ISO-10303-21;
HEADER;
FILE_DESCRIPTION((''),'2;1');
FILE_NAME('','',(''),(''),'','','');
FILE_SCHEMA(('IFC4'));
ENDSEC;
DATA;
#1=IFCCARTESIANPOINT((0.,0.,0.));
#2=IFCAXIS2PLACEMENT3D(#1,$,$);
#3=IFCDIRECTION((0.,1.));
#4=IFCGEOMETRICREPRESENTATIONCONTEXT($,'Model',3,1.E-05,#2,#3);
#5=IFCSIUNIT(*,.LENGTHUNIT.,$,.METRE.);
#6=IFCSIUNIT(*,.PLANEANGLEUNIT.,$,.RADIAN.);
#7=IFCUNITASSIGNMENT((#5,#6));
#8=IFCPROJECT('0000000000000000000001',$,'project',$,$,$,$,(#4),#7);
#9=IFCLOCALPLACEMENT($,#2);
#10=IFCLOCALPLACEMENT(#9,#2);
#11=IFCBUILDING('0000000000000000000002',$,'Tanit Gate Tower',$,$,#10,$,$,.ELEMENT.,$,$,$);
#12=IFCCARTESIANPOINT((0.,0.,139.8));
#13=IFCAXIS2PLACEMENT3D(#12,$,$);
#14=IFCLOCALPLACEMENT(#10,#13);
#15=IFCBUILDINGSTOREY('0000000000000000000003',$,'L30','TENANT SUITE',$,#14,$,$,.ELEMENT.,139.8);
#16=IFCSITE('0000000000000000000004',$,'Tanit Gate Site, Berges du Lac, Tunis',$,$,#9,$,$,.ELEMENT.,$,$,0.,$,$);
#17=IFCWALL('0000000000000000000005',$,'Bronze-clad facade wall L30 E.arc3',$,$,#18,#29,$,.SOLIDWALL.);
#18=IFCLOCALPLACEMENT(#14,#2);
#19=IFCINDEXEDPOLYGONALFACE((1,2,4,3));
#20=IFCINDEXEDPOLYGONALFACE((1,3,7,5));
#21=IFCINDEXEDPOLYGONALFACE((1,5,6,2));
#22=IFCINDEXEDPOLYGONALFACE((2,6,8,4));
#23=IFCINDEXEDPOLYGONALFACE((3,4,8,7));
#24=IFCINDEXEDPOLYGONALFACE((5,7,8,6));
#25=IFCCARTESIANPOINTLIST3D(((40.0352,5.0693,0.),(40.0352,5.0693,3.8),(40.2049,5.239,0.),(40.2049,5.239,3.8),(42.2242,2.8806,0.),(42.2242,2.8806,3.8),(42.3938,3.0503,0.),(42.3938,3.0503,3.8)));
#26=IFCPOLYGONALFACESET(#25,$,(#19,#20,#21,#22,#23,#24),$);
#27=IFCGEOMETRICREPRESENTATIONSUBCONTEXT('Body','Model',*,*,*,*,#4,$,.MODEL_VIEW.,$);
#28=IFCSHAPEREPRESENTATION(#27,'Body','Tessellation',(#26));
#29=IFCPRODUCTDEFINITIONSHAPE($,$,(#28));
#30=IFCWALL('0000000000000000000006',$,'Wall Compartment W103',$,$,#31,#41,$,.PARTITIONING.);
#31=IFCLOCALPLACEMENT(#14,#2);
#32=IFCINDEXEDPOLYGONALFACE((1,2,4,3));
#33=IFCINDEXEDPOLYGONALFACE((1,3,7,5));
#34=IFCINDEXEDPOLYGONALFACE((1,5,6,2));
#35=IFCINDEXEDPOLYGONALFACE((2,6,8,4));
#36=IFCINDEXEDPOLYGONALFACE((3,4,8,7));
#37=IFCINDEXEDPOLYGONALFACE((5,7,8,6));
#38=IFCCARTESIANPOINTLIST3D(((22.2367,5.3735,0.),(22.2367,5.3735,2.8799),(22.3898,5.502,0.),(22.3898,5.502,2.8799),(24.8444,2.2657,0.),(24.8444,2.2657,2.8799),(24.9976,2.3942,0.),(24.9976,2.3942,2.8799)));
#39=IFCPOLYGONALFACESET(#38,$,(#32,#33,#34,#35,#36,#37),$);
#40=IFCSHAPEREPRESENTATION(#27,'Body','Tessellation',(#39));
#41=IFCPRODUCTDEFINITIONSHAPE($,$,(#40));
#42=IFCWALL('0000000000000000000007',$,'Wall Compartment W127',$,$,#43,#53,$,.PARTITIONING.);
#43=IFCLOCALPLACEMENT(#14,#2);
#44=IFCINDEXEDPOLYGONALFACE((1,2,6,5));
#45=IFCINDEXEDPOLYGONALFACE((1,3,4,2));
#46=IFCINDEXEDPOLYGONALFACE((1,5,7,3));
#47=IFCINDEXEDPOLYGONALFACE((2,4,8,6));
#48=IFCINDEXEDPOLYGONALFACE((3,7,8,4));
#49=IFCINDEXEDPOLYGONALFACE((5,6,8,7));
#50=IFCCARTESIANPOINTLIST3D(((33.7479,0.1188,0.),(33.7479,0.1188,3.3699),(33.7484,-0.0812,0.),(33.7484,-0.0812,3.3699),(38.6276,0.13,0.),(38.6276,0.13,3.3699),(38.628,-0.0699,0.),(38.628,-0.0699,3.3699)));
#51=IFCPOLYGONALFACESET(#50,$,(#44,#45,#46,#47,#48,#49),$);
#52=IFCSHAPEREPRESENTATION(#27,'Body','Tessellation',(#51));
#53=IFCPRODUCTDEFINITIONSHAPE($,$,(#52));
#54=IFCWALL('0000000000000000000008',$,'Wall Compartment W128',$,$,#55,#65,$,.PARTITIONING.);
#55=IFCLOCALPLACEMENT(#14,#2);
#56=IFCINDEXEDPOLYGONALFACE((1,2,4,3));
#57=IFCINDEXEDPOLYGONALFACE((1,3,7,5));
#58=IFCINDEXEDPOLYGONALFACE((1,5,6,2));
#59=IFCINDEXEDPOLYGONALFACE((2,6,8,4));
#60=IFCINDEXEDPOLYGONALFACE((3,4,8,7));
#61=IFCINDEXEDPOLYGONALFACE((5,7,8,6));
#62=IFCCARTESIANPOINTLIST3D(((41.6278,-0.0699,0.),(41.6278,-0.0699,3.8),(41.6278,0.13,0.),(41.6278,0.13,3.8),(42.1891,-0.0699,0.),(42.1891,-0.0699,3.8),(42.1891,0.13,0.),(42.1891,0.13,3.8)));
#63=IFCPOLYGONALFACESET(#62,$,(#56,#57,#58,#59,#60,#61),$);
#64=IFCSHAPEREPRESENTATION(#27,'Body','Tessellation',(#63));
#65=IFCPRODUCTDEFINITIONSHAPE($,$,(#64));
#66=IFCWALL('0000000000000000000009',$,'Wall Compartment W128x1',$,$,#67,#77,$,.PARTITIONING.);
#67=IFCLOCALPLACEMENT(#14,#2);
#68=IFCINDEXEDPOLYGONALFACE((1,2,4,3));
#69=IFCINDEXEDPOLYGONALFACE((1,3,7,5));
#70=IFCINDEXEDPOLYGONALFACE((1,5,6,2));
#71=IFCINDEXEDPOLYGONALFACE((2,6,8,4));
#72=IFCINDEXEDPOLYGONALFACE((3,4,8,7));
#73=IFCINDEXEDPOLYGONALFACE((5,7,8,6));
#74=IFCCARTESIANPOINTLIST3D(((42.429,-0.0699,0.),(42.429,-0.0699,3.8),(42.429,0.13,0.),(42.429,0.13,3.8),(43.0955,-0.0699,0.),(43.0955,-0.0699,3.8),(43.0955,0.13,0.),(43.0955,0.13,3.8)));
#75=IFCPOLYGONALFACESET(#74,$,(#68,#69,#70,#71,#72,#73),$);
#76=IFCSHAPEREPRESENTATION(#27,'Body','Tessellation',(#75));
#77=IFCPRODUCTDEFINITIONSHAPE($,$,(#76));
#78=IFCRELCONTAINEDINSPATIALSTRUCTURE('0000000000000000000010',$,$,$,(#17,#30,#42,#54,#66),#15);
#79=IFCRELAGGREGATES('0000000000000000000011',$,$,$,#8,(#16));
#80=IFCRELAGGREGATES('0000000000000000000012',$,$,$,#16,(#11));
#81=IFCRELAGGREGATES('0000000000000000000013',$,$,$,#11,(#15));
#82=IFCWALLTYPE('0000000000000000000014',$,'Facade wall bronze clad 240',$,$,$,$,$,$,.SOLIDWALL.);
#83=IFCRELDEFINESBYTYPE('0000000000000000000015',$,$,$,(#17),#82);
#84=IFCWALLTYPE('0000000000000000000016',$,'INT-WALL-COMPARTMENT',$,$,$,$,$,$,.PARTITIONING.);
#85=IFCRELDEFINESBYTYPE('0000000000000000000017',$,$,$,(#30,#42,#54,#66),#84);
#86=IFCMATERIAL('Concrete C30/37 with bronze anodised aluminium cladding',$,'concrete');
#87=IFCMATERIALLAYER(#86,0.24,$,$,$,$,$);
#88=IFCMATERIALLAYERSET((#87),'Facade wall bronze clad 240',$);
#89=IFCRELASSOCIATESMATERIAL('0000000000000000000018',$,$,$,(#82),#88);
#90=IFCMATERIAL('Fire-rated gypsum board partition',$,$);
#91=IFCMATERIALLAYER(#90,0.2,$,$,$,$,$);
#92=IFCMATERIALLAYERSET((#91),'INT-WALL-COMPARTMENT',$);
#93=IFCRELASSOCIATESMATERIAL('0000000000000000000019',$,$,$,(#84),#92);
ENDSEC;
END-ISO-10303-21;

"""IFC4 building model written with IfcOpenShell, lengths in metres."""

from ifc_helpers import new_model, si_unit, direction, frame, frame_2d, origin, place, context, subcontext, project, spatial, rectangle, extrude, material, layer, layer_set, type_object, element, save


model = new_model("IFC4")

# Units and contexts
model_context = context("Model", 3, precision=1e-05, world=origin(), true_north=direction((0.0, 1.0)))
body_context = subcontext(model_context, "Body", "Model", "MODEL_VIEW")
ifc_project = project(units=[si_unit("LENGTHUNIT", "METRE"), si_unit("PLANEANGLEUNIT", "RADIAN")], contexts=[model_context])

# Site, building, storey
site_placement = place(None, origin())
site = spatial("IfcSite", under=ifc_project, at=site_placement, Name="Tanit Gate Site, Berges du Lac, Tunis", CompositionType="ELEMENT", RefElevation=0.0)
building_placement = place(site_placement, origin())
building = spatial("IfcBuilding", under=site, at=building_placement, Name="Tanit Gate Tower", CompositionType="ELEMENT")
storey_placement = place(building_placement, frame((0.0, 0.0, 139.8)))
storey = spatial("IfcBuildingStorey", under=building, at=storey_placement, Name="L30", Description="TENANT SUITE", CompositionType="ELEMENT", Elevation=139.8)

# Walls
ifc_material_1 = material(Name="Concrete C30/37 with bronze anodised aluminium cladding", Category="concrete")
ifc_layer_1 = layer(ifc_material_1, 0.24)
ifc_layer_set_1 = layer_set([ifc_layer_1], Name="Facade wall bronze clad 240")
wall_type_1 = type_object("IfcWallType", Name="Facade wall bronze clad 240", PredefinedType="SOLIDWALL", material=ifc_layer_set_1)
wall_1_placement = place(storey_placement, frame((42.3091, 2.9653, 0.0), z_axis=(0.0, 0.0, 1.0), x_axis=(-0.707146, 0.707067, 0.0)))
element("IfcWall", 1, at=wall_1_placement, inside=storey, type_object=wall_type_1, Name="Bronze-clad facade wall L30 E.arc3", PredefinedType="SOLIDWALL", context=body_context, shape_type="SweptSolid", body=[
    extrude(rectangle(XDim=3.0955, YDim=0.24, at=frame_2d((1.5479, 0.0))), origin(), (0.0, 0.0, 1.0), 3.8),
])
ifc_material_2 = material(Name="Fire-rated gypsum board partition")
ifc_layer_2 = layer(ifc_material_2, 0.2)
ifc_layer_set_2 = layer_set([ifc_layer_2], Name="INT-WALL-COMPARTMENT")
wall_type_2 = type_object("IfcWallType", Name="INT-WALL-COMPARTMENT", PredefinedType="PARTITIONING", material=ifc_layer_set_2)
wall_2_placement = place(storey_placement, frame((24.9209, 2.3301, 0.0), z_axis=(0.0, 0.0, 1.0), x_axis=(-0.642791, 0.766041, 0.0)))
element("IfcWall", 2, at=wall_2_placement, inside=storey, type_object=wall_type_2, Name="Wall Compartment W103", PredefinedType="PARTITIONING", context=body_context, shape_type="SweptSolid", body=[
    extrude(rectangle(XDim=4.0569, YDim=0.2, at=frame_2d((2.0283, 0.0))), origin(), (0.0, 0.0, 1.0), 2.8799),
])
wall_3_placement = place(storey_placement, frame((33.748, 0.0188, 0.0), z_axis=(0.0, 0.0, 1.0), x_axis=(0.999997, 0.002301, 0.0)))
element("IfcWall", 3, at=wall_3_placement, inside=storey, type_object=wall_type_2, Name="Wall Compartment W127", PredefinedType="PARTITIONING", context=body_context, shape_type="SweptSolid", body=[
    extrude(rectangle(XDim=4.8796, YDim=0.2, at=frame_2d((2.4399, 0.0))), origin(), (0.0, 0.0, 1.0), 3.3699),
])
wall_4_placement = place(storey_placement, frame((41.6277, 0.03, 0.0), z_axis=(0.0, 0.0, 1.0), x_axis=(1.0, 0.0, 0.0)))
element("IfcWall", 4, at=wall_4_placement, inside=storey, type_object=wall_type_2, Name="Wall Compartment W128", PredefinedType="PARTITIONING", context=body_context, shape_type="SweptSolid", body=[
    extrude(rectangle(XDim=0.5613, YDim=0.2, at=frame_2d((0.2808, 0.0))), origin(), (0.0, 0.0, 1.0), 3.8),
])
wall_5_placement = place(storey_placement, frame((42.429, 0.03, 0.0), z_axis=(0.0, 0.0, 1.0), x_axis=(1.0, 0.0, 0.0)))
element("IfcWall", 5, at=wall_5_placement, inside=storey, type_object=wall_type_2, Name="Wall Compartment W128x1", PredefinedType="PARTITIONING", context=body_context, shape_type="SweptSolid", body=[
    extrude(rectangle(XDim=0.6665, YDim=0.2, at=frame_2d((0.3333, 0.0))), origin(), (0.0, 0.0, 1.0), 3.8),
])

save(model, "model.ifc")
